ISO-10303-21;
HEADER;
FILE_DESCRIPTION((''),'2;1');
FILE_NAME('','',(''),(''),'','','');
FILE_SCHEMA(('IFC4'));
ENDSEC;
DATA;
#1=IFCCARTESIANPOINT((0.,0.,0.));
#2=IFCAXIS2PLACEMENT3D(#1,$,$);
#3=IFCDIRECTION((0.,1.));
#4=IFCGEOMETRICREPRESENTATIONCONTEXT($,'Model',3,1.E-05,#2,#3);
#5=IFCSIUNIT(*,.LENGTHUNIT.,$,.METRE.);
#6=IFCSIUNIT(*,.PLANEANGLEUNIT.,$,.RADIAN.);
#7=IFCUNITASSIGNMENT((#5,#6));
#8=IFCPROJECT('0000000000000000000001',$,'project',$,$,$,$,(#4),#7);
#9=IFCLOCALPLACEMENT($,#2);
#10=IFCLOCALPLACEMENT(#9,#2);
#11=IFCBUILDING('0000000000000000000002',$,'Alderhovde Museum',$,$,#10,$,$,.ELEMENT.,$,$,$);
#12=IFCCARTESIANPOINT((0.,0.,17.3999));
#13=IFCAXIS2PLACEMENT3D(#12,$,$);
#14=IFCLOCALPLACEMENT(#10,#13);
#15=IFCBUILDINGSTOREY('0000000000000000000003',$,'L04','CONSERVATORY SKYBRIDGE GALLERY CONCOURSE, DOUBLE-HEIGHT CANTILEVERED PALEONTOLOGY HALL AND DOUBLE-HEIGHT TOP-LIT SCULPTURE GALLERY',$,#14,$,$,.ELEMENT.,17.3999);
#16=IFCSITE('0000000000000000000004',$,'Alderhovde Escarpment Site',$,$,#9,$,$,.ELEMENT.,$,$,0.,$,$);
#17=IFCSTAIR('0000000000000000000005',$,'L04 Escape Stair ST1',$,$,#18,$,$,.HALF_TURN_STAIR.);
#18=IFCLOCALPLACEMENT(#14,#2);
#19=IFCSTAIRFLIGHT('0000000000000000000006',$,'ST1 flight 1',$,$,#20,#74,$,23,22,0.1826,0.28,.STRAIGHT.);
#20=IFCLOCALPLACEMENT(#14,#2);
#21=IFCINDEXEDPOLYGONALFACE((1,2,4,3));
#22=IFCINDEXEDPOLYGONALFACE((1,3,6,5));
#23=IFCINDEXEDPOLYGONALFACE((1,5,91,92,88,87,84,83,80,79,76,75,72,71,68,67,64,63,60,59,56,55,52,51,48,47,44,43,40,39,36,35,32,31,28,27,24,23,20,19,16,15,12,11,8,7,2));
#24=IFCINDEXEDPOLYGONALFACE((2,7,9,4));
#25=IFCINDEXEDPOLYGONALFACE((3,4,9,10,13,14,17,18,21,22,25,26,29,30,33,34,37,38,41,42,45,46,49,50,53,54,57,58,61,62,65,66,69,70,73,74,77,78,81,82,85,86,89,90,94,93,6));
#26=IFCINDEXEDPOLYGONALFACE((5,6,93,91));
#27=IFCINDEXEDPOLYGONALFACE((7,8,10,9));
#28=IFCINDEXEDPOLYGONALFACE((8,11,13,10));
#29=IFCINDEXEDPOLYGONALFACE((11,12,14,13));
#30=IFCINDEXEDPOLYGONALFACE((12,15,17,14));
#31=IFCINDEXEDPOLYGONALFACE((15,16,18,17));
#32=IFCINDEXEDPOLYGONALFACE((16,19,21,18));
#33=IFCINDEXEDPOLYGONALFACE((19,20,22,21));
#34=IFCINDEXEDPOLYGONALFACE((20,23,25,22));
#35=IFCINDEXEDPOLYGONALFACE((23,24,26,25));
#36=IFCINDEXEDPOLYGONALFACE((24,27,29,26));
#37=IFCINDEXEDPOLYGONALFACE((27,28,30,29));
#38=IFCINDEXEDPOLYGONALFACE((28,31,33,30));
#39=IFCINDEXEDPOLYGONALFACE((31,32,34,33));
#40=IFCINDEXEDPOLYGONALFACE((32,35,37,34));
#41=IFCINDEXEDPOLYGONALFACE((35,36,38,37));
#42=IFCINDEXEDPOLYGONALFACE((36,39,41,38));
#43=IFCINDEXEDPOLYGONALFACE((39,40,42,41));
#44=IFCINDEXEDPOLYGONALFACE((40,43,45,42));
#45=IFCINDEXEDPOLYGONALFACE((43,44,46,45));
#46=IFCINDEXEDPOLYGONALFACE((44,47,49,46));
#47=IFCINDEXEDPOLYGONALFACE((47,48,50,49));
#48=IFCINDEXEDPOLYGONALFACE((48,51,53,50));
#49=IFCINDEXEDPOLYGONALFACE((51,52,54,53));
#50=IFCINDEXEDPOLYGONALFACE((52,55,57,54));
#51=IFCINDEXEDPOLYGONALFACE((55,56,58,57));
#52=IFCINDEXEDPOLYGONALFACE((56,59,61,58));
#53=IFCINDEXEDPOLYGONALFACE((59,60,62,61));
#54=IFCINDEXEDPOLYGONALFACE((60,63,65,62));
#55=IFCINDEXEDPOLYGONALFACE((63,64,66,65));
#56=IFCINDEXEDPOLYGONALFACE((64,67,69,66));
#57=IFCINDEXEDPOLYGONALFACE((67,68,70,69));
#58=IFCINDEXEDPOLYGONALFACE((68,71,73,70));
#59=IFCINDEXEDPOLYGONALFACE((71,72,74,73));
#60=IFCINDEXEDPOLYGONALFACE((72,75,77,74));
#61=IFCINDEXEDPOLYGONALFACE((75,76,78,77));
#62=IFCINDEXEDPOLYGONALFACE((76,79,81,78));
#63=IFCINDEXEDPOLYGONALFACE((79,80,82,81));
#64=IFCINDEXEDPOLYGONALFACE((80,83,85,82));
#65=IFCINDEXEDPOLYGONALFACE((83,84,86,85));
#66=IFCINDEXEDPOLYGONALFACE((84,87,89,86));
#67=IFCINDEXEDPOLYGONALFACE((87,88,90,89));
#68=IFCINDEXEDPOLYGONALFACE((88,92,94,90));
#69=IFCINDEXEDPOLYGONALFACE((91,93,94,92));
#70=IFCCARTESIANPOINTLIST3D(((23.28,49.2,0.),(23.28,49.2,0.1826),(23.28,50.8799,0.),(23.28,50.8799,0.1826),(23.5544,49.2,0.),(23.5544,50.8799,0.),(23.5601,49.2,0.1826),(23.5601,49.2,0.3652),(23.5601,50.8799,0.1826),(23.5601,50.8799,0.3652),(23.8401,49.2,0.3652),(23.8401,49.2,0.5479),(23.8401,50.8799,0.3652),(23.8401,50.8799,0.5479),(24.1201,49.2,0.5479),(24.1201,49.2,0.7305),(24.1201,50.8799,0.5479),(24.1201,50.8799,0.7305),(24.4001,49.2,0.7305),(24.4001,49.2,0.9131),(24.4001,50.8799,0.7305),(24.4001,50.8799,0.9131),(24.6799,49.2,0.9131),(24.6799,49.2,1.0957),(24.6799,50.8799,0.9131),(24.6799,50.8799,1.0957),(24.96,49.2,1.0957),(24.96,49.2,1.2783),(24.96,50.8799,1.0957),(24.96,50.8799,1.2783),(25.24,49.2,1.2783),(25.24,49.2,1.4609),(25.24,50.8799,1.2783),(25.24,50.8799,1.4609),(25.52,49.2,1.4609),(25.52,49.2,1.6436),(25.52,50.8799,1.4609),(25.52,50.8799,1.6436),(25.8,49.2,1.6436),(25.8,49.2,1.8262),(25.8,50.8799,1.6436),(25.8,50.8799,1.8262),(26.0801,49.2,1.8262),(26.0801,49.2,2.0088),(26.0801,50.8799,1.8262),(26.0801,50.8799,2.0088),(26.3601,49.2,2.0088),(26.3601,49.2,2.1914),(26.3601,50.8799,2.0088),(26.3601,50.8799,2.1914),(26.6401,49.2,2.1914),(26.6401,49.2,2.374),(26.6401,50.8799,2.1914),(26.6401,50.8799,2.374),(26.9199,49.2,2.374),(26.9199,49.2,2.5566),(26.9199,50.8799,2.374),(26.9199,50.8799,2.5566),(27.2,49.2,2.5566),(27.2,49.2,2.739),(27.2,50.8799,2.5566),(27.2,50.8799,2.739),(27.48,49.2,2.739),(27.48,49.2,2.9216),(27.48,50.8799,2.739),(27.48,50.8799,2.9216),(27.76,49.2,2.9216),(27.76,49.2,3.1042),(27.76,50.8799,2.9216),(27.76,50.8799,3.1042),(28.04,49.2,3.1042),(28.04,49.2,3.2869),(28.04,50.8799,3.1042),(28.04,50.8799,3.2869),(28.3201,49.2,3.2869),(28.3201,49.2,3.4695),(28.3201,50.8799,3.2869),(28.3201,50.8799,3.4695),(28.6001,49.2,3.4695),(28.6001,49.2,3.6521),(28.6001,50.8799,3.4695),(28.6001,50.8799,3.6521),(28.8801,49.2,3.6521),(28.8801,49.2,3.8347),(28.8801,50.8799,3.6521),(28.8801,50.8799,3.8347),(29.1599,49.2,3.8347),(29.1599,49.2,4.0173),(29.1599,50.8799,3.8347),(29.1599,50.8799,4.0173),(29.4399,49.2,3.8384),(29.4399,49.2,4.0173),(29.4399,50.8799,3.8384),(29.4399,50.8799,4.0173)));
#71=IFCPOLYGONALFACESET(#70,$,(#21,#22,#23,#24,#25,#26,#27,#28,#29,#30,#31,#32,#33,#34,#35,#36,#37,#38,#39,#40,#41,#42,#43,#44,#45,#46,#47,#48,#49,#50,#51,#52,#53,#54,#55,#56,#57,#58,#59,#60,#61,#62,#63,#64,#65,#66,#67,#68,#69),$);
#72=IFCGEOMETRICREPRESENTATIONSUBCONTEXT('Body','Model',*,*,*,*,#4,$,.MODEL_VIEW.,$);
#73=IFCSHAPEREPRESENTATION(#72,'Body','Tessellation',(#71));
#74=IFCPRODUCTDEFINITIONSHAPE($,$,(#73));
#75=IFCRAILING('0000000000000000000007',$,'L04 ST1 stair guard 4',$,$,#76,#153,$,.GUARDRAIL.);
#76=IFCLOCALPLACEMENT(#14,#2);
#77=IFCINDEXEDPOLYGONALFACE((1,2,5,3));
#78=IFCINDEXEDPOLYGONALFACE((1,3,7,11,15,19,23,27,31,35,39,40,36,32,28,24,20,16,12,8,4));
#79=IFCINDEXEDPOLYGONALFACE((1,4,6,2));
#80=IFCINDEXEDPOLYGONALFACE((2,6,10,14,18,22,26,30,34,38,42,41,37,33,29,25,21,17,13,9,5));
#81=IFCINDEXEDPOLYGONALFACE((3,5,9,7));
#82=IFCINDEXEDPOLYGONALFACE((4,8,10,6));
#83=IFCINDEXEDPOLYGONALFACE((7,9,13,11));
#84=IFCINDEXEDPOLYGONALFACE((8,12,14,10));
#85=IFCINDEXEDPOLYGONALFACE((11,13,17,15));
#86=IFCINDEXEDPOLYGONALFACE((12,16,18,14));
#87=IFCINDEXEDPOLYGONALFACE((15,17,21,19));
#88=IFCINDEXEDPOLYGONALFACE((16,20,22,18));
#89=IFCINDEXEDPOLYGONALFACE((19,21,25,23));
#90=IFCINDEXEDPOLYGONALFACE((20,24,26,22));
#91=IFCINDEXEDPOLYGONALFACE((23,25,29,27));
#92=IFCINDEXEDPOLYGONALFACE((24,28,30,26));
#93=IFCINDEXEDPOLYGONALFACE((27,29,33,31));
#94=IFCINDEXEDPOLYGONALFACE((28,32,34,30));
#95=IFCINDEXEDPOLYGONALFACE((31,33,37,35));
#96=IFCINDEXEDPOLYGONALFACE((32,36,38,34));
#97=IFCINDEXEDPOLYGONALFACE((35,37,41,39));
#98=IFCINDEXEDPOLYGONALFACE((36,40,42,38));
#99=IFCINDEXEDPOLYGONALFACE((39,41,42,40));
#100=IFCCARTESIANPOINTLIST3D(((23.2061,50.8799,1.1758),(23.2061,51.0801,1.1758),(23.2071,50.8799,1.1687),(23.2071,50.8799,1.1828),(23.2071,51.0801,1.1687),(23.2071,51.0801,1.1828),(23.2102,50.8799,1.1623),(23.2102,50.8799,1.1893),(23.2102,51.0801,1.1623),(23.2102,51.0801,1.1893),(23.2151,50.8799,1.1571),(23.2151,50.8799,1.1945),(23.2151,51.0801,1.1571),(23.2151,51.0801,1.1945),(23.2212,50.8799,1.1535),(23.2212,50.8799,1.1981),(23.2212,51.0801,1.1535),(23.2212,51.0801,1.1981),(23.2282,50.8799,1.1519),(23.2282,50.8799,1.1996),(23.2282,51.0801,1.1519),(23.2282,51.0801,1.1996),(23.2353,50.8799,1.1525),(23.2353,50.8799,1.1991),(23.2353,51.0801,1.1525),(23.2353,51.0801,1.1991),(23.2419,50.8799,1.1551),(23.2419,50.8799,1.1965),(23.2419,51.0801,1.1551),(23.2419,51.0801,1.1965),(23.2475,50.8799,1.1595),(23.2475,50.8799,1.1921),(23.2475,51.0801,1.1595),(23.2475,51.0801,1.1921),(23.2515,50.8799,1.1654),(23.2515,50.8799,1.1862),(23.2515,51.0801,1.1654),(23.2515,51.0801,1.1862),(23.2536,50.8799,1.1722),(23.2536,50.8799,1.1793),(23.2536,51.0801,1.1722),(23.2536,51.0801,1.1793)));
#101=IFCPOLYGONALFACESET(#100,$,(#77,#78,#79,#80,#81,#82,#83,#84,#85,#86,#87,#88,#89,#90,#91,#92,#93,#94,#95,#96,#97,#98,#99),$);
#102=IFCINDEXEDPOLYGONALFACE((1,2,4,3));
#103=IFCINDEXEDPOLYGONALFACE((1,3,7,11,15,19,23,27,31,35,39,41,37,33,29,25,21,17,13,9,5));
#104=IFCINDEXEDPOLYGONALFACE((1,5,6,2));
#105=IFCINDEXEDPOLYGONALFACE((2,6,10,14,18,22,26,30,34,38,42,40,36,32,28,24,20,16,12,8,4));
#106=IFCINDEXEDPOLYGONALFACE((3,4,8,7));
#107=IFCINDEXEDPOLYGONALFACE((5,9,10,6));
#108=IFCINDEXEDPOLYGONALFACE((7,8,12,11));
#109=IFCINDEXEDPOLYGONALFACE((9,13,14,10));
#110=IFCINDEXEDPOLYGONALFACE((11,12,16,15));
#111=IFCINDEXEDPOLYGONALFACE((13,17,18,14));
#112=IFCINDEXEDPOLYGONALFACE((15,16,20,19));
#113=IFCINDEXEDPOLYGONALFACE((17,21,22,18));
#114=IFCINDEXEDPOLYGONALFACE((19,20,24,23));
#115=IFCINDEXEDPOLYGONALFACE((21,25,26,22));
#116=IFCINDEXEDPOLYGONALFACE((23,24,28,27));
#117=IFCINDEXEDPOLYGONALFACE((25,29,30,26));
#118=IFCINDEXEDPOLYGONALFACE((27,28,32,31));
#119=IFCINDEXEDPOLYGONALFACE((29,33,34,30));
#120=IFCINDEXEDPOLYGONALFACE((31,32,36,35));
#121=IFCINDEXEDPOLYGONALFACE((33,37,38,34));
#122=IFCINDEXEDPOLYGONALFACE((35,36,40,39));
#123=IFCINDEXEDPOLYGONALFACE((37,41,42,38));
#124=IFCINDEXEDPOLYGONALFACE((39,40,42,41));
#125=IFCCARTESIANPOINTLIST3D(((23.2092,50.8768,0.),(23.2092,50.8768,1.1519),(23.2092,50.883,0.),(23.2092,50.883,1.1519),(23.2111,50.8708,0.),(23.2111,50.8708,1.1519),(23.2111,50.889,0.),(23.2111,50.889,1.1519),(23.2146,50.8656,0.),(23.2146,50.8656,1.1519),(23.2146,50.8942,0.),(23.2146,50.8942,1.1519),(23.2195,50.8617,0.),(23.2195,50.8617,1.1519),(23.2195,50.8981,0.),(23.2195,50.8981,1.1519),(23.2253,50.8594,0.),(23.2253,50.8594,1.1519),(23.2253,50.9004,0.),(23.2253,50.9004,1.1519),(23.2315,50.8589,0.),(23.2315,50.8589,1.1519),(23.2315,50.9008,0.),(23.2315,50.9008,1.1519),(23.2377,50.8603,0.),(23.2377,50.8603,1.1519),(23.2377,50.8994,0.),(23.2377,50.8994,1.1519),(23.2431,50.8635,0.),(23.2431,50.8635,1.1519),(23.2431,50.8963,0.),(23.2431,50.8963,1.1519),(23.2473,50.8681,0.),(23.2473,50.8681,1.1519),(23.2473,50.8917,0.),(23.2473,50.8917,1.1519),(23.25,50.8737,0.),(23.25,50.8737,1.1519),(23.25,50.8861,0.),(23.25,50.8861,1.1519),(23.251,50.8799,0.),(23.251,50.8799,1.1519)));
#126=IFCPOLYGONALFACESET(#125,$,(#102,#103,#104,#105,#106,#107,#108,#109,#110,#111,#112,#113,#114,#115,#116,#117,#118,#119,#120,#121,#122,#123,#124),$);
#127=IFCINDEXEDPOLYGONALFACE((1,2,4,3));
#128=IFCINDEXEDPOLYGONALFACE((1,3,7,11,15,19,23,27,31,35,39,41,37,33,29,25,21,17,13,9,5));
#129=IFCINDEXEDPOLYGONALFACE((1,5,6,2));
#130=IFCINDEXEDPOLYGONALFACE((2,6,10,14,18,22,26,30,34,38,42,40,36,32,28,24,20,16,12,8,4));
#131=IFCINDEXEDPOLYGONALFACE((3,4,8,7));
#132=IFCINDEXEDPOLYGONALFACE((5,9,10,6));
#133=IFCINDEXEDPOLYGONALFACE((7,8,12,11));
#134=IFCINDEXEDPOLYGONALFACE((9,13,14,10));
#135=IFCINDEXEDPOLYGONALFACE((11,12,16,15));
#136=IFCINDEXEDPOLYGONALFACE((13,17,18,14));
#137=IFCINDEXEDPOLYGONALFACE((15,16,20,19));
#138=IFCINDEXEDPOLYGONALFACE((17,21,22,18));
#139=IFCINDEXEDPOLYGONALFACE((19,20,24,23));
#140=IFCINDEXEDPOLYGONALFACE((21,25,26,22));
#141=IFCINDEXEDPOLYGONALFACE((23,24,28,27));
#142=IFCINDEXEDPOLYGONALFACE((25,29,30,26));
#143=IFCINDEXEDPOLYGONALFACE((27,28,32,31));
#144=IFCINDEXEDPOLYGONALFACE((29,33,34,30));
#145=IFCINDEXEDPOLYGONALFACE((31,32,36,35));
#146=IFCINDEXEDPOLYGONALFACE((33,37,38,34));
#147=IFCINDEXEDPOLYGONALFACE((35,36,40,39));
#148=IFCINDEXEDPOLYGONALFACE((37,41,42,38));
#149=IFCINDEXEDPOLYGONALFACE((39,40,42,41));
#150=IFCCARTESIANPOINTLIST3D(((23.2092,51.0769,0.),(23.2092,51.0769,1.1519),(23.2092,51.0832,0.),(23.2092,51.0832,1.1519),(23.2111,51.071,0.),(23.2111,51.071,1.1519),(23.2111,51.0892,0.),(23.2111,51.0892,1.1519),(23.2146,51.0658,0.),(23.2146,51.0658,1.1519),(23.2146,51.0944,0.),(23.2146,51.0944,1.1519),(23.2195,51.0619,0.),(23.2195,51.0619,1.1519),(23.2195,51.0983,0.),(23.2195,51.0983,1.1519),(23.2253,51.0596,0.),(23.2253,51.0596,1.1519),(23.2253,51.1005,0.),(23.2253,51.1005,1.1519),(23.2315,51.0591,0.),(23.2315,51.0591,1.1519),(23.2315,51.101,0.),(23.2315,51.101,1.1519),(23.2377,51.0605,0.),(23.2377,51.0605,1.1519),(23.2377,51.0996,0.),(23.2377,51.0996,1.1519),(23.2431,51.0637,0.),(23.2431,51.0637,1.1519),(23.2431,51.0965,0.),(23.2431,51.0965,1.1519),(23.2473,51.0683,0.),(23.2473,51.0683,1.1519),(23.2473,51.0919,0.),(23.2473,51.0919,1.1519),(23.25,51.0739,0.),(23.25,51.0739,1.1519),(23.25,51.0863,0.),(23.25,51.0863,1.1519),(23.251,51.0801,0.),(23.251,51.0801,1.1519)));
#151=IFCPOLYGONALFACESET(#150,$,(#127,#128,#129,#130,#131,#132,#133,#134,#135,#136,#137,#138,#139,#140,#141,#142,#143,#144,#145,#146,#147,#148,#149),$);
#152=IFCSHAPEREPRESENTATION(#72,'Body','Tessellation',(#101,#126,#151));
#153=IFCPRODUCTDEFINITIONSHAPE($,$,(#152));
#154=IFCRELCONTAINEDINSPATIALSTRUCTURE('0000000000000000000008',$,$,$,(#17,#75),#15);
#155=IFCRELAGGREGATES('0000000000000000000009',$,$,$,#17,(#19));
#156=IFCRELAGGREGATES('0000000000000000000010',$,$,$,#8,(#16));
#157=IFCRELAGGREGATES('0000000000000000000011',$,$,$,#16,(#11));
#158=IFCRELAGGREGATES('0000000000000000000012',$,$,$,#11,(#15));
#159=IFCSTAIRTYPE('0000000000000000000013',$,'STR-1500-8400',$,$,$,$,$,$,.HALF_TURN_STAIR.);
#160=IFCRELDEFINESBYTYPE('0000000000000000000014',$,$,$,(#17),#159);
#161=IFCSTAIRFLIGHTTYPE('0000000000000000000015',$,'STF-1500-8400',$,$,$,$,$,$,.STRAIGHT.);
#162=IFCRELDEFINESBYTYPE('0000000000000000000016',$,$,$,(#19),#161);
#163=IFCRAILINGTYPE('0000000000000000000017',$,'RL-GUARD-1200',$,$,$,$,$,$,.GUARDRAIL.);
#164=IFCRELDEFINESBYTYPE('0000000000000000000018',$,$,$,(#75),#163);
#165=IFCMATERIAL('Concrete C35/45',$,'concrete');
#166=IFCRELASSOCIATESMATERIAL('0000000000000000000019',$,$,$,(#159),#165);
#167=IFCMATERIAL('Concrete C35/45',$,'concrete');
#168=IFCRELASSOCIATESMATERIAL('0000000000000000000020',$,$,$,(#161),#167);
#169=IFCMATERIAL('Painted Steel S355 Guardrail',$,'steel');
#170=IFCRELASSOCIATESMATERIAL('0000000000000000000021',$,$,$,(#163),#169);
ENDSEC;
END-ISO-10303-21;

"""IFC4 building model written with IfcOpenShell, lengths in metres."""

from ifc_helpers import new_model, si_unit, direction, frame, origin, origin_2d, place, context, subcontext, project, spatial, polyline, circle, outline, extrude, material, type_object, element, aggregate, save


model = new_model("IFC4")

# Units and contexts
model_context = context("Model", 3, precision=1e-05, world=origin(), true_north=direction((0.0, 1.0)))
body_context = subcontext(model_context, "Body", "Model", "MODEL_VIEW")
ifc_project = project(units=[si_unit("LENGTHUNIT", "METRE"), si_unit("PLANEANGLEUNIT", "RADIAN")], contexts=[model_context])

# Site, building, storey
site_placement = place(None, origin())
site = spatial("IfcSite", under=ifc_project, at=site_placement, Name="Alderhovde Escarpment Site", CompositionType="ELEMENT", RefElevation=0.0)
building_placement = place(site_placement, origin())
building = spatial("IfcBuilding", under=site, at=building_placement, Name="Alderhovde Museum", CompositionType="ELEMENT")
storey_placement = place(building_placement, frame((0.0, 0.0, 17.3999)))
storey = spatial("IfcBuildingStorey", under=building, at=storey_placement, Name="L04", Description="CONSERVATORY SKYBRIDGE GALLERY CONCOURSE, DOUBLE-HEIGHT CANTILEVERED PALEONTOLOGY HALL AND DOUBLE-HEIGHT TOP-LIT SCULPTURE GALLERY", CompositionType="ELEMENT", Elevation=17.3999)

# Stair, stair flight
ifc_material_1 = material(Name="Concrete C35/45", Category="concrete")
stair_type = type_object("IfcStairType", Name="STR-1500-8400", PredefinedType="HALF_TURN_STAIR", material=ifc_material_1)
stair_placement = place(storey_placement, origin())
stair = element("IfcStair", 1, at=stair_placement, inside=storey, type_object=stair_type, Name="L04 Escape Stair ST1", PredefinedType="HALF_TURN_STAIR")
ifc_material_2 = material(Name="Concrete C35/45", Category="concrete")
stair_flight_type = type_object("IfcStairFlightType", Name="STF-1500-8400", PredefinedType="STRAIGHT", material=ifc_material_2)
stair_flight_placement = place(storey_placement, frame((23.28, 50.04, 0.0), z_axis=(0.0, 0.0, 1.0), x_axis=(1.0, 0.0, 0.0)))
stair_flight = element("IfcStairFlight", 2, at=stair_flight_placement, type_object=stair_flight_type, Name="ST1 flight 1", NumberOfRisers=23, NumberOfTreads=22, PredefinedType="STRAIGHT", RiserHeight=0.1826, TreadLength=0.28, context=body_context, shape_type="SweptSolid", body=[
    extrude(outline(polyline([(0.0, 0.0), (0.0, 0.1826), (0.28, 0.1826), (0.28, 0.3652), (0.5601, 0.3652), (0.5601, 0.5479), (0.8401, 0.5479), (0.8401, 0.7305), (1.1201, 0.7305), (1.1201, 0.9131), (1.3999, 0.9131), (1.3999, 1.0957), (1.6799, 1.0957), (1.6799, 1.2783), (1.96, 1.2783), (1.96, 1.4609), (2.24, 1.4609), (2.24, 1.6436), (2.52, 1.6436), (2.52, 1.8262), (2.8, 1.8262), (2.8, 2.0088), (3.0801, 2.0088), (3.0801, 2.1914), (3.3601, 2.1914), (3.3601, 2.374), (3.6399, 2.374), (3.6399, 2.5566), (3.9199, 2.5566), (3.9199, 2.739), (4.2, 2.739), (4.2, 2.9216), (4.48, 2.9216), (4.48, 3.1042), (4.76, 3.1042), (4.76, 3.2869), (5.04, 3.2869), (5.04, 3.4695), (5.3201, 3.4695), (5.3201, 3.6521), (5.6001, 3.6521), (5.6001, 3.8347), (5.8799, 3.8347), (5.8799, 4.0173), (6.1599, 4.0173), (6.1599, 4.2), (6.1599, 3.8384), (0.2744, 0.0), (0.0, 0.0)])), frame((0.0, 0.8398, 0.0), z_axis=(0.0, -1.0, 0.0), x_axis=(1.0, 0.0, 0.0)), (0.0, 0.0, 1.0), 1.6799),
])
aggregate(stair, [stair_flight])

# Railing
ifc_material_3 = material(Name="Painted Steel S355 Guardrail", Category="steel")
railing_type_1 = type_object("IfcRailingType", Name="RL-GUARD-1200", PredefinedType="GUARDRAIL", material=ifc_material_3)
railing_1_placement = place(storey_placement, frame((23.23, 50.8799, 0.0)))
element("IfcRailing", 3, at=railing_1_placement, inside=storey, type_object=railing_type_1, Name="L04 ST1 stair guard 4", PredefinedType="GUARDRAIL", context=body_context, shape_type="SweptSolid", body=[
    extrude(circle(Radius=0.0239, at=origin_2d()), frame((0.0, 0.0, 1.1758), z_axis=(0.0, 1.0, 0.0), x_axis=(-1.0, 0.0, 0.0)), (0.0, 0.0, 1.0), 0.2002),
    extrude(circle(Radius=0.021, at=origin_2d()), origin(), (0.0, 0.0, 1.0), 1.1519),
    extrude(circle(Radius=0.021, at=origin_2d()), frame((0.0, 0.2002, 0.0)), (0.0, 0.0, 1.0), 1.1519),
])

save(model, "model.ifc")
